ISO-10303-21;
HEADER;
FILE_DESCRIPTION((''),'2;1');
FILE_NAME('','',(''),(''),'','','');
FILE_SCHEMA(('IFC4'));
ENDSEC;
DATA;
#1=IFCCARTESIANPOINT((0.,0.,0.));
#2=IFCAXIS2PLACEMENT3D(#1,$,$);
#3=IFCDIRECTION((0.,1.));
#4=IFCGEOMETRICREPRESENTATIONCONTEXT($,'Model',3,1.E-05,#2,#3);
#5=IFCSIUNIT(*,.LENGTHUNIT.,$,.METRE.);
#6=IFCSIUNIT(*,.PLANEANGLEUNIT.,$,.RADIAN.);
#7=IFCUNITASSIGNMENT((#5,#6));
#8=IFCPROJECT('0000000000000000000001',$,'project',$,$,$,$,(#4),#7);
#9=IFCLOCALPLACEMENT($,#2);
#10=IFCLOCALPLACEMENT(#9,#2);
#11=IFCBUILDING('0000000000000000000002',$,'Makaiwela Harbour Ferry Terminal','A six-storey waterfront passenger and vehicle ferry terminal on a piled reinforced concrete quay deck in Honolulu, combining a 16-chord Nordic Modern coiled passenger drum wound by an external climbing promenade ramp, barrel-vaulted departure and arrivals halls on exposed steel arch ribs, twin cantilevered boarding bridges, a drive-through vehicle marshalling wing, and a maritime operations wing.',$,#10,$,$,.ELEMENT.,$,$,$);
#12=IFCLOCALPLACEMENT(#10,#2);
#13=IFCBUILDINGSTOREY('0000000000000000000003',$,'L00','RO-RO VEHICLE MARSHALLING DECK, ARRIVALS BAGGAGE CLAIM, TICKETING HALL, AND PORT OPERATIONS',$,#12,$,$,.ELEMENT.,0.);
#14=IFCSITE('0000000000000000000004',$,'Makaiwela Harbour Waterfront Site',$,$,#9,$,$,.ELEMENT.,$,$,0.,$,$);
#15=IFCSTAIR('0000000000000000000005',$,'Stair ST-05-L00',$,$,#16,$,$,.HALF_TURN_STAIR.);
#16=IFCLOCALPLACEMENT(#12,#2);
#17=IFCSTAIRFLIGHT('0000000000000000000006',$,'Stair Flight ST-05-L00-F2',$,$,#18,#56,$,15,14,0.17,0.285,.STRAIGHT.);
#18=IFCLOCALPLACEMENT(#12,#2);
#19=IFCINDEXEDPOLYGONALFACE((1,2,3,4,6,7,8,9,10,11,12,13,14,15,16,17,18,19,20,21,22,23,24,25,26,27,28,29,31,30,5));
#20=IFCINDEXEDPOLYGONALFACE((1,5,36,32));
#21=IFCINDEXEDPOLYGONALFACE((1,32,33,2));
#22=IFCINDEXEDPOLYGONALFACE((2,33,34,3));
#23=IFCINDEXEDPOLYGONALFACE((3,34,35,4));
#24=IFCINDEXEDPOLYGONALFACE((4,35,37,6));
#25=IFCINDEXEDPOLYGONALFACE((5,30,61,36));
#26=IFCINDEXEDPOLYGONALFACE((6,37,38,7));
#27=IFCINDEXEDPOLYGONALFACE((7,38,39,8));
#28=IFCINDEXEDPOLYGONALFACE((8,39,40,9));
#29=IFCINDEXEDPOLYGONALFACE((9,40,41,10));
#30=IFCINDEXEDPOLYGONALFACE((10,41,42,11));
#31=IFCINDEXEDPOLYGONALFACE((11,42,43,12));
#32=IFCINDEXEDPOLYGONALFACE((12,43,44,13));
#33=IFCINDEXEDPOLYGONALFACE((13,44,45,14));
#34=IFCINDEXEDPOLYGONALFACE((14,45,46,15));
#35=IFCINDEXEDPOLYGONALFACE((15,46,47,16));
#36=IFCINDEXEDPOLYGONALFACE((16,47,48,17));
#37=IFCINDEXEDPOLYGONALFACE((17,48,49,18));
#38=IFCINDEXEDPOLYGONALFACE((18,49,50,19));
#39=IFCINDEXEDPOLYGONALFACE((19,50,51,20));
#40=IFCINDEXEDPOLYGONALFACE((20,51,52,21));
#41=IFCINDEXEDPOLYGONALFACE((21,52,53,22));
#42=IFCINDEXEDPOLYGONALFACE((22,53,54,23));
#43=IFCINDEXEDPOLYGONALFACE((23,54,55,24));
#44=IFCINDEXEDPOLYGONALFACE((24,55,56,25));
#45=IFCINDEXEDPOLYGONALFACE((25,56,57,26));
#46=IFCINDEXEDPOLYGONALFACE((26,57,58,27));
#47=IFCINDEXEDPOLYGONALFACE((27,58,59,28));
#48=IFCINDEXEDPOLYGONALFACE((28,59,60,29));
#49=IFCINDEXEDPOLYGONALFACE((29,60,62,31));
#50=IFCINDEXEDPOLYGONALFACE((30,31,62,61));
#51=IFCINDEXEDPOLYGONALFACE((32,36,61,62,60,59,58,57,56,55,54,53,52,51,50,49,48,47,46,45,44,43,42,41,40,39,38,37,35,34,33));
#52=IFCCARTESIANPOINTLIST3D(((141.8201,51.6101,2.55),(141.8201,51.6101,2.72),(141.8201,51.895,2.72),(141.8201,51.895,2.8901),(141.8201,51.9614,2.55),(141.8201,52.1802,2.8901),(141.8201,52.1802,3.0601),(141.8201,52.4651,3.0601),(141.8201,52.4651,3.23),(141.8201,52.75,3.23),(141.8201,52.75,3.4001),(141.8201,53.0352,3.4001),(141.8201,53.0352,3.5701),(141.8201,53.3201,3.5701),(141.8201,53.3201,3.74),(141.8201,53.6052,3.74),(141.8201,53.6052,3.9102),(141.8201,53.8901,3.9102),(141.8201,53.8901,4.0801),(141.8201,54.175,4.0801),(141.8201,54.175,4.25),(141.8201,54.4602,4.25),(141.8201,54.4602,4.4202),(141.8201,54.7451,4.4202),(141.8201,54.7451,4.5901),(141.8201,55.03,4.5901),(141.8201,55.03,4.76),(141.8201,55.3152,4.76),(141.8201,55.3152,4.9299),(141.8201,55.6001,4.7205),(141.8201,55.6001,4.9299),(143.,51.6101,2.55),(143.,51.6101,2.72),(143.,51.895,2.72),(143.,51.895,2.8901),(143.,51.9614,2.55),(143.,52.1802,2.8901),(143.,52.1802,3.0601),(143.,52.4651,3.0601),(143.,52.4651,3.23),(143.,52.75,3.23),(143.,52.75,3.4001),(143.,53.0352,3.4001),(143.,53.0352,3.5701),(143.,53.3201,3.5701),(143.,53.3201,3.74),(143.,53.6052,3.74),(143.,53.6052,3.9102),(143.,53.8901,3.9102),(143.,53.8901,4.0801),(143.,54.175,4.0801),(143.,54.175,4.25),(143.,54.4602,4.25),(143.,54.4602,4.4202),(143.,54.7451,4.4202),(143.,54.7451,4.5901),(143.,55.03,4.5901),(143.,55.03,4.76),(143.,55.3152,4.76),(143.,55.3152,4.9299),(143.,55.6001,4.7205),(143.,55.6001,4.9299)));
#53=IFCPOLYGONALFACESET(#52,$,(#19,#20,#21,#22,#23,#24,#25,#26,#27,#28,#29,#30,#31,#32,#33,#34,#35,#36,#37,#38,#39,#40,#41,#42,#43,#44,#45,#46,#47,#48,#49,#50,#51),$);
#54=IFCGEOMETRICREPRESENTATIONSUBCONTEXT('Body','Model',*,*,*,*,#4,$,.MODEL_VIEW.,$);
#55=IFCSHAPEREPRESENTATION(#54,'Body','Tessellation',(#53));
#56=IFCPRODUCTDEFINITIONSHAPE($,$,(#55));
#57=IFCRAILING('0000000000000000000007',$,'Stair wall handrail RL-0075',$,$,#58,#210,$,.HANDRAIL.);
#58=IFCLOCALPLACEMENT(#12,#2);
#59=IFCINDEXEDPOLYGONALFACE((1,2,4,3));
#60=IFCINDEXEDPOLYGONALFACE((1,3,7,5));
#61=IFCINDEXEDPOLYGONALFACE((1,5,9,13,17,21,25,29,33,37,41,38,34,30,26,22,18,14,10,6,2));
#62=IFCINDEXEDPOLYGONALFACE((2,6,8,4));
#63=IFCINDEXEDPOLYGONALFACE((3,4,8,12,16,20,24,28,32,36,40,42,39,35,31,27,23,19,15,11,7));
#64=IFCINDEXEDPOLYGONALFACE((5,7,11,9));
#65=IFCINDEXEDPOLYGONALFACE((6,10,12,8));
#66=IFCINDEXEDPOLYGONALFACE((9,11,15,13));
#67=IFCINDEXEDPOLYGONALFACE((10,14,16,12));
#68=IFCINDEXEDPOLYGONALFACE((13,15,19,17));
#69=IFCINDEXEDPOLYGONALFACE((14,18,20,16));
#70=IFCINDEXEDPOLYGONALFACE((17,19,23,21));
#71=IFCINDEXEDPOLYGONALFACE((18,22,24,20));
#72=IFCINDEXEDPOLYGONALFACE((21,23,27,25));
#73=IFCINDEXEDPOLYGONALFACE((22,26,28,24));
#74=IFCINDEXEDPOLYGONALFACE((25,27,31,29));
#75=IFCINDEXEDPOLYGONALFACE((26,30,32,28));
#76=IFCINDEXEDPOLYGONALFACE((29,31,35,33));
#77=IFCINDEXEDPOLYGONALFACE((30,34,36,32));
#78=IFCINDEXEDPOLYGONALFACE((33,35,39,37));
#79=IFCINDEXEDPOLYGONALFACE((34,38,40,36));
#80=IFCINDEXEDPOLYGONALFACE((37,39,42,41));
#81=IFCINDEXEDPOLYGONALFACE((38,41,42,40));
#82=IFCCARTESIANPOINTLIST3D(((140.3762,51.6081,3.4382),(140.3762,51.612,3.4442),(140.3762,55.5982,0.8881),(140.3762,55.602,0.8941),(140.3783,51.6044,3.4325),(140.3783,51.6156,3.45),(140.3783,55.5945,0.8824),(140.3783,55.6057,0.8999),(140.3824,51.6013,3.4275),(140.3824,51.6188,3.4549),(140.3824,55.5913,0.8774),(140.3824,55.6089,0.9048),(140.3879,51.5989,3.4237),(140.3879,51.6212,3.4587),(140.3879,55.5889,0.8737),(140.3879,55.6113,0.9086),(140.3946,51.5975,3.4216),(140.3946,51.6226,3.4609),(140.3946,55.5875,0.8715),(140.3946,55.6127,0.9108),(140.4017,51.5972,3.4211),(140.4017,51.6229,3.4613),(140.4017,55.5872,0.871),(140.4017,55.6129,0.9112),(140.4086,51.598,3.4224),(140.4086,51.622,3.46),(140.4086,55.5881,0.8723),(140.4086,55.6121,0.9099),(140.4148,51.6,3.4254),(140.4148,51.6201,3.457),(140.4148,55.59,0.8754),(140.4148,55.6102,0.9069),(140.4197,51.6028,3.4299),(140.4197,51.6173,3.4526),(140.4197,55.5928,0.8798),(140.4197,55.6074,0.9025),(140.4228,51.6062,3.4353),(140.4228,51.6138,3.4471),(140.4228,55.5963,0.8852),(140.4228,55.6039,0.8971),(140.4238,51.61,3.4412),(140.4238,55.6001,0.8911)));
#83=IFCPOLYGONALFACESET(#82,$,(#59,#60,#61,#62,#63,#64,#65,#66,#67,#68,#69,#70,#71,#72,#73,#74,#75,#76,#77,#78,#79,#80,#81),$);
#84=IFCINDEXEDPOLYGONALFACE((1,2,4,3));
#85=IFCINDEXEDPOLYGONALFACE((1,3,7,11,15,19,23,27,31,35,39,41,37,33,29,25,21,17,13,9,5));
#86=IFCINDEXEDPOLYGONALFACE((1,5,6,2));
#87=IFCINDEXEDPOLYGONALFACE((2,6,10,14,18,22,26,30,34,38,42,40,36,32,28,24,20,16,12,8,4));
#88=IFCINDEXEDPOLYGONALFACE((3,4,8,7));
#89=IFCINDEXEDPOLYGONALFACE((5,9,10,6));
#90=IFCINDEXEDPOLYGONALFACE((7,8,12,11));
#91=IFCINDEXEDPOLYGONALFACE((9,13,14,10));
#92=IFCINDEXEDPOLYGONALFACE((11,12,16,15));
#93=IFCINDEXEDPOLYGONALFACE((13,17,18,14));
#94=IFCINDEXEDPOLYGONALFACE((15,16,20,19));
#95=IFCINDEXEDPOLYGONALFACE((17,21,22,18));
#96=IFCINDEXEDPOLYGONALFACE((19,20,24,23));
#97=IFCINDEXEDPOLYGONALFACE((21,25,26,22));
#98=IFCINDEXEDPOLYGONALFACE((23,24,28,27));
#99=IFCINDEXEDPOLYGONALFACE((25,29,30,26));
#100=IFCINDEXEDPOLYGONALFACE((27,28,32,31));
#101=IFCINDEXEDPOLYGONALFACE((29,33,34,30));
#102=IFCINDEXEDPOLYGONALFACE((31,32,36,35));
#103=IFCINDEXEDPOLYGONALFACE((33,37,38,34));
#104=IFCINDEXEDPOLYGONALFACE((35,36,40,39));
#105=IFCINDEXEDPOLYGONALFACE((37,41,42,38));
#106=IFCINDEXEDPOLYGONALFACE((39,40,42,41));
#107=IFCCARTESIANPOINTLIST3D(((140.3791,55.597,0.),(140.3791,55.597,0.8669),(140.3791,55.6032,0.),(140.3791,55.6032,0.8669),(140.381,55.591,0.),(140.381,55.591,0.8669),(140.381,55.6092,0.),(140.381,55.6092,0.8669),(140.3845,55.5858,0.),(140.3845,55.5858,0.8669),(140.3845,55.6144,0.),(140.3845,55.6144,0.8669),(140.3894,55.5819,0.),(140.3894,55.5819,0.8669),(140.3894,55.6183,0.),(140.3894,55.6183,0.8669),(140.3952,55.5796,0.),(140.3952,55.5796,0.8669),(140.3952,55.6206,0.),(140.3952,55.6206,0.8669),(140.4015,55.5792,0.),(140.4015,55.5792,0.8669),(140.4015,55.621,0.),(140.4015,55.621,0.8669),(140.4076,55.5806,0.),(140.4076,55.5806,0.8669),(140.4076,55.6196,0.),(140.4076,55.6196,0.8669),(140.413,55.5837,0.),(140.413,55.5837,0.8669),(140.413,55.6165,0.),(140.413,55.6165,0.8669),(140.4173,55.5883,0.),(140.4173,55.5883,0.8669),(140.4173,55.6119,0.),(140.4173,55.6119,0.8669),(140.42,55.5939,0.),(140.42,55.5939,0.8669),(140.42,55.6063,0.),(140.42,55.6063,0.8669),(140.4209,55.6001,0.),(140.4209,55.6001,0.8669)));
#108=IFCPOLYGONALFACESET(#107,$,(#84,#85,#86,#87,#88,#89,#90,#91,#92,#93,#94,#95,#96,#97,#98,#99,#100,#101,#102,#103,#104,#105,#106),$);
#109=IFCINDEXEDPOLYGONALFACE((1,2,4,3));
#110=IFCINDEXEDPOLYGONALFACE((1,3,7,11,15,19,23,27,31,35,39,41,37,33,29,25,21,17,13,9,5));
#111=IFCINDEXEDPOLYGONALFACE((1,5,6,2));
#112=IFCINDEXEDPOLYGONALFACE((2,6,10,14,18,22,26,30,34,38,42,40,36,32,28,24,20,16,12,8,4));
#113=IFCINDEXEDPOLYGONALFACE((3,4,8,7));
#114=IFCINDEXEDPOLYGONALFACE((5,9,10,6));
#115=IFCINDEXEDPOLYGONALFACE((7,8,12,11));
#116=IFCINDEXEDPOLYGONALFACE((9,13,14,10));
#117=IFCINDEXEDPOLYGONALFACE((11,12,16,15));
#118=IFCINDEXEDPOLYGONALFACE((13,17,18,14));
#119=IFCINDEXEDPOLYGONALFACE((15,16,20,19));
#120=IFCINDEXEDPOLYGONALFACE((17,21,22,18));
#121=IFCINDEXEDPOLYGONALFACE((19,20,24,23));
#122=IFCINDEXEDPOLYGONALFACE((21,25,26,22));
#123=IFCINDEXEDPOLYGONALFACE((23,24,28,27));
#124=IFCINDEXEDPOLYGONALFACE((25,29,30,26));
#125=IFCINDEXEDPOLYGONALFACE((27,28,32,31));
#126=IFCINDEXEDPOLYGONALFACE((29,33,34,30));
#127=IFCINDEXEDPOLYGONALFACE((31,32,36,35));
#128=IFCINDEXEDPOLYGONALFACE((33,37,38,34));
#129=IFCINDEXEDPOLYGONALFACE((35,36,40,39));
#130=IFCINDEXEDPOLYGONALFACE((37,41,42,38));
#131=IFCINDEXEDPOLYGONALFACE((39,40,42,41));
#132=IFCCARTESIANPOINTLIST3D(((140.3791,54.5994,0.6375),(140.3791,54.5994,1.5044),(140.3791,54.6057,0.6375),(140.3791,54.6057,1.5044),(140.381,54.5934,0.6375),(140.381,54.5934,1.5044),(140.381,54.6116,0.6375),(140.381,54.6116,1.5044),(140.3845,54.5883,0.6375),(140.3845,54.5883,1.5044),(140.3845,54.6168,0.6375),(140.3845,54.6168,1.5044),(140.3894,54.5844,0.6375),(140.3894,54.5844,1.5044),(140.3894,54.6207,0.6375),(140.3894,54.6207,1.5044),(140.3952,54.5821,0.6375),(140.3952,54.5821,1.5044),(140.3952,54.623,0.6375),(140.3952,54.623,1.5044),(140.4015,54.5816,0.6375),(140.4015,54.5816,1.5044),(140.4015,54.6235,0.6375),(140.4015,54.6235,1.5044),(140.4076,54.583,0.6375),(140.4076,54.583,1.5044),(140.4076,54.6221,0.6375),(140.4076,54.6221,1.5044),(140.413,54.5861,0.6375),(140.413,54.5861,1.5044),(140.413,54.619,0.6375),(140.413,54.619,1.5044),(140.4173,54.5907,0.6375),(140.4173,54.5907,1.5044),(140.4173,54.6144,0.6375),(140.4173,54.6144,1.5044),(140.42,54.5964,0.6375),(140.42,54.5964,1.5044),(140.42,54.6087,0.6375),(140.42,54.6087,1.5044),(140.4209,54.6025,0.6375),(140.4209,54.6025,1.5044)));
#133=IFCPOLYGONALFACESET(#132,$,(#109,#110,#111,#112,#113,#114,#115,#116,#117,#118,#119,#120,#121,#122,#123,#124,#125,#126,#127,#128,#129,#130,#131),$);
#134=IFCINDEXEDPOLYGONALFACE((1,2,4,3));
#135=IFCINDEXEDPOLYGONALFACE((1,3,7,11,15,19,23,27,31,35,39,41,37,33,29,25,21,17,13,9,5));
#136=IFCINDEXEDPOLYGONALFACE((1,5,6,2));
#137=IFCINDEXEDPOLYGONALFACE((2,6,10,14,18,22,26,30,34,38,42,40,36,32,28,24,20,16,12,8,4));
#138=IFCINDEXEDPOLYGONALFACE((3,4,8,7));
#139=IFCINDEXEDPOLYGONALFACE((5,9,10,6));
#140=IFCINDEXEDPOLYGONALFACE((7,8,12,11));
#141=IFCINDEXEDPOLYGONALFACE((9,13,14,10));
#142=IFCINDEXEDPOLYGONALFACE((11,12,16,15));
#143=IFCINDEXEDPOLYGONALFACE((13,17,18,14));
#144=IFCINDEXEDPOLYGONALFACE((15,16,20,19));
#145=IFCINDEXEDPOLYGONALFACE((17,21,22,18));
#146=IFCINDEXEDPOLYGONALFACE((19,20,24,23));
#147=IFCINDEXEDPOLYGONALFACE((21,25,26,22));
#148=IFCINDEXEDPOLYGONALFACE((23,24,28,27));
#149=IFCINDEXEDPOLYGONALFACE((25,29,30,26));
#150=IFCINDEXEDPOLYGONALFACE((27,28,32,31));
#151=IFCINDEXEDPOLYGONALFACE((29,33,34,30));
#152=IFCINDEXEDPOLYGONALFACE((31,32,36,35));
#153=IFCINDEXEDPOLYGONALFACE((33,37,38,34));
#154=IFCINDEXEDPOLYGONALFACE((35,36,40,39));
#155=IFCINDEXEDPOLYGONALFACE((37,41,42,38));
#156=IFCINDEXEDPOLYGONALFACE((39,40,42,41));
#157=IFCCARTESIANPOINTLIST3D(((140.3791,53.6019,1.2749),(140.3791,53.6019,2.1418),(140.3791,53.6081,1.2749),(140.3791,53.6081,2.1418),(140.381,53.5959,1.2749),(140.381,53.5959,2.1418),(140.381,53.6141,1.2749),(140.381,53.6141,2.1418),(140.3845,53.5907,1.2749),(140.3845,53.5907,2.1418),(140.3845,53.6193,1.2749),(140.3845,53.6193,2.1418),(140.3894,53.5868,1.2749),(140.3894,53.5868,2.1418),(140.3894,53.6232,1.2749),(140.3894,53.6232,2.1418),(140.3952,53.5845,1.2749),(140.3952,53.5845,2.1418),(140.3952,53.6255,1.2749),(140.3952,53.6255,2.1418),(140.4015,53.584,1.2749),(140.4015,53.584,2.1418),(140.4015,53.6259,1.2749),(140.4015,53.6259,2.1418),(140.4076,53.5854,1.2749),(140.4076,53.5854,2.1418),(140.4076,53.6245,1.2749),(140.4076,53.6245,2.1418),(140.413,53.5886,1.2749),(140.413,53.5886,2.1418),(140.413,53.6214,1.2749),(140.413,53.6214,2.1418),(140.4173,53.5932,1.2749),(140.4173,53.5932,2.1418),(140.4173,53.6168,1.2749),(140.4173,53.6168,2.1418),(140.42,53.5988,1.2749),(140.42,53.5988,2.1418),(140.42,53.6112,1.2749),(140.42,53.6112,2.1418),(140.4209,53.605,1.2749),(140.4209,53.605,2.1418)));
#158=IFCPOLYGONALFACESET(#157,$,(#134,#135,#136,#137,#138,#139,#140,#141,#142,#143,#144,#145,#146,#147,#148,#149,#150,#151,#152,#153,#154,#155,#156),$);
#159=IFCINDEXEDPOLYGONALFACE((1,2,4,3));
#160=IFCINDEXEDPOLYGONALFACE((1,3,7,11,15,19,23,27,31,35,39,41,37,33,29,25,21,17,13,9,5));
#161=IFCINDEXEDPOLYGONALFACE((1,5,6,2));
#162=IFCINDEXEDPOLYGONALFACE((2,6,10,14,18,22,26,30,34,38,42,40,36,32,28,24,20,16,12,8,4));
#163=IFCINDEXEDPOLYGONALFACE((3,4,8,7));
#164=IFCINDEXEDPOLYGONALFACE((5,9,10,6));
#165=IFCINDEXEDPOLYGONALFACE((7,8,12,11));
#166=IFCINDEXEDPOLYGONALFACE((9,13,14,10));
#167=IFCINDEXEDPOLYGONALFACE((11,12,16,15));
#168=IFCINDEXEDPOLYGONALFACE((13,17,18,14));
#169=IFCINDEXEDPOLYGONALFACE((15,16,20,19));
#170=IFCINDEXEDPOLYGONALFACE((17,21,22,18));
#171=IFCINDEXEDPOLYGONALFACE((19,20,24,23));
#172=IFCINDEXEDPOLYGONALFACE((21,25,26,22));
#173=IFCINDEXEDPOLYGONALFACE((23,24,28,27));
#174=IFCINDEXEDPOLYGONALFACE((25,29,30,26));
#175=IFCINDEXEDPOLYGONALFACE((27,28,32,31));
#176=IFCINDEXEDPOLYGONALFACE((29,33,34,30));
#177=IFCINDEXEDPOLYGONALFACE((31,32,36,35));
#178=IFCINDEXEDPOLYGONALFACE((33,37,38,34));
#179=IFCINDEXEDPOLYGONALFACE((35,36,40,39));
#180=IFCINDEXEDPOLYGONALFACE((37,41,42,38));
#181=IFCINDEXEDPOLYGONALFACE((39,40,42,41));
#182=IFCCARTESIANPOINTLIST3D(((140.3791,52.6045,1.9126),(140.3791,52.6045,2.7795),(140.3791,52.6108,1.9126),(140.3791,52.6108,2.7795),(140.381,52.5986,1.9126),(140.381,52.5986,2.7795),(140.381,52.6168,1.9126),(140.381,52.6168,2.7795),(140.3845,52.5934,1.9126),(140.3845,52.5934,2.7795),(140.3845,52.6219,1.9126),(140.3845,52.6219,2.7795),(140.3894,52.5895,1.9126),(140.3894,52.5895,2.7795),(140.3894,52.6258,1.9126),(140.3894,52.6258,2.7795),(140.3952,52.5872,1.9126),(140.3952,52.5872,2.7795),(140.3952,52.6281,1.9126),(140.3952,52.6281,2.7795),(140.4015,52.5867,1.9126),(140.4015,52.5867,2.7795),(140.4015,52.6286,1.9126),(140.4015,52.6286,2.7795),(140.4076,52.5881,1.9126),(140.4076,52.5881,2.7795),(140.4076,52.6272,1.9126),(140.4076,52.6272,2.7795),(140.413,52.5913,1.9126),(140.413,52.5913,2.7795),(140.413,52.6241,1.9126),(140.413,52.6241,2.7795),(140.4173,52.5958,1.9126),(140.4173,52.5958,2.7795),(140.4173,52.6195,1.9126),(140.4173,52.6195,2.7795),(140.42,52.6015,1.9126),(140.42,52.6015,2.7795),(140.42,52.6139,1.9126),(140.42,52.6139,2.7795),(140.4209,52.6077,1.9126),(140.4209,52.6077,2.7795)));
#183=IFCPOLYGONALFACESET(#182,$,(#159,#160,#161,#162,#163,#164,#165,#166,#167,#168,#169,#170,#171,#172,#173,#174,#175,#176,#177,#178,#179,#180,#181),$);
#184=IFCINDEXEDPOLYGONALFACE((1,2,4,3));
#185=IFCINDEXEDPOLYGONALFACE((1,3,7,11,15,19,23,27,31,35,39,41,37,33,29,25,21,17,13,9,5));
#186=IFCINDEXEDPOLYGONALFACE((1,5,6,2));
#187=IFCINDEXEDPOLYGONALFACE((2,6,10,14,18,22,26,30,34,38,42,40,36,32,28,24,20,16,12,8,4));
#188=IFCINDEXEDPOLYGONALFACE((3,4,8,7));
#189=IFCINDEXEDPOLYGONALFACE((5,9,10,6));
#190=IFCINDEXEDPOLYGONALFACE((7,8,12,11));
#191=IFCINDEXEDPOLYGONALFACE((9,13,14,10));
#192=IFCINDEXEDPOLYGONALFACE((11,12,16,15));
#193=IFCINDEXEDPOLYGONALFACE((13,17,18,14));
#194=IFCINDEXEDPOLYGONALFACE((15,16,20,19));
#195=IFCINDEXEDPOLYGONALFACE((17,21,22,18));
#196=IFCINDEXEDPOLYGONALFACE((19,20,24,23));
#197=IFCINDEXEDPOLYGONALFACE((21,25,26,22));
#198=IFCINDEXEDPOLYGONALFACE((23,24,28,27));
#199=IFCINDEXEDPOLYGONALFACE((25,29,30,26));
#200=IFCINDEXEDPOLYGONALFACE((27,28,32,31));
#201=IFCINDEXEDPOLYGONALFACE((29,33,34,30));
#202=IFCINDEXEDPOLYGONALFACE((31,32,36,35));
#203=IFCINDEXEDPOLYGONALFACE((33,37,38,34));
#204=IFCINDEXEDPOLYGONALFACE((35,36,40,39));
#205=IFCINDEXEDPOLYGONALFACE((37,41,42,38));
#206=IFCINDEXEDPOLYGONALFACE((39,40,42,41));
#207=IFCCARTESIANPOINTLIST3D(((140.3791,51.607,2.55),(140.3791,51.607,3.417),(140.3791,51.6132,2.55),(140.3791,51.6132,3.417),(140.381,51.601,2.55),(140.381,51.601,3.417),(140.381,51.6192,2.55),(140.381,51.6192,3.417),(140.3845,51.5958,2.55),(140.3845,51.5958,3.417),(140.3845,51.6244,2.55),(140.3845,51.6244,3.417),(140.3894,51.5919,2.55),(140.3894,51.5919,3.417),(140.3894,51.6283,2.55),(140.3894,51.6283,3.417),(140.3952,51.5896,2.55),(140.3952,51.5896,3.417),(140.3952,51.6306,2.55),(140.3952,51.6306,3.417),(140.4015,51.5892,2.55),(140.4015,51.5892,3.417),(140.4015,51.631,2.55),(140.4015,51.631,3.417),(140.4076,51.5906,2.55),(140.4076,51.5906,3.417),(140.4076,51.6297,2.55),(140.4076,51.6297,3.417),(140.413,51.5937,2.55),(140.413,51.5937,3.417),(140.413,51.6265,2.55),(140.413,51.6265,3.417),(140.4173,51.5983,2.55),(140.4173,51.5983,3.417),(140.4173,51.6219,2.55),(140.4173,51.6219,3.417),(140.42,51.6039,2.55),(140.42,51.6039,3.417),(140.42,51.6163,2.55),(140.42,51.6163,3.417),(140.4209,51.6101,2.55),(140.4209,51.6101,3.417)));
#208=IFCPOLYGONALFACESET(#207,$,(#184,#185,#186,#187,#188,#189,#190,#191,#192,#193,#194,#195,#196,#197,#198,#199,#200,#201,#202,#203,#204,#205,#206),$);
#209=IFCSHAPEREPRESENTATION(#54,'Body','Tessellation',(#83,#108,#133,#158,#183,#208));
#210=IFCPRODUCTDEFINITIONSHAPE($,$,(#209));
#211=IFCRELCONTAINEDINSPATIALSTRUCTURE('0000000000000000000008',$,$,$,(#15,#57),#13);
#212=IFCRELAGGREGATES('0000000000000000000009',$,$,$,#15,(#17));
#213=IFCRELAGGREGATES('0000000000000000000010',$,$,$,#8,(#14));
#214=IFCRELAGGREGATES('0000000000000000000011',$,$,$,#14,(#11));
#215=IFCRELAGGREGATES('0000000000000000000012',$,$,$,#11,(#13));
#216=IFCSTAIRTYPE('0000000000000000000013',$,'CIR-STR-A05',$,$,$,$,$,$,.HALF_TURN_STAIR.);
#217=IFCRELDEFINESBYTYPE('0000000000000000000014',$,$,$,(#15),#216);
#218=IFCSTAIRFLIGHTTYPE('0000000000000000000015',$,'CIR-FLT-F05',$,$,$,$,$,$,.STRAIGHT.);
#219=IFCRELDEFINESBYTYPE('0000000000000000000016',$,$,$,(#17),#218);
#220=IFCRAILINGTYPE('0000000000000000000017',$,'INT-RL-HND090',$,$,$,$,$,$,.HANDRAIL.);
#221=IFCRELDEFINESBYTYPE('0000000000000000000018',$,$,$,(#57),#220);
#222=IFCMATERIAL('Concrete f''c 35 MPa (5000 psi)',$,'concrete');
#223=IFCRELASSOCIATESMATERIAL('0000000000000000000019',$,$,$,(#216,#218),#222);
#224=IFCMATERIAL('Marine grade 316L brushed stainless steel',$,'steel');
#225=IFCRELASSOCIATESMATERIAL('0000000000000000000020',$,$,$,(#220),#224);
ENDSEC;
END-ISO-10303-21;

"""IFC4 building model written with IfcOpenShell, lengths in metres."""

from ifc_helpers import new_model, si_unit, direction, frame, origin, origin_2d, place, context, subcontext, project, spatial, polyline, circle, outline, extrude, material, type_object, element, aggregate, save


model = new_model("IFC4")

# Units and contexts
model_context = context("Model", 3, precision=1e-05, world=origin(), true_north=direction((0.0, 1.0)))
body_context = subcontext(model_context, "Body", "Model", "MODEL_VIEW")
ifc_project = project(units=[si_unit("LENGTHUNIT", "METRE"), si_unit("PLANEANGLEUNIT", "RADIAN")], contexts=[model_context])

# Site, building, storey
site_placement = place(None, origin())
site = spatial("IfcSite", under=ifc_project, at=site_placement, Name="Makaiwela Harbour Waterfront Site", CompositionType="ELEMENT", RefElevation=0.0)
building_placement = place(site_placement, origin())
building = spatial("IfcBuilding", under=site, at=building_placement, Name="Makaiwela Harbour Ferry Terminal", Description="A six-storey waterfront passenger and vehicle ferry terminal on a piled reinforced concrete quay deck in Honolulu, combining a 16-chord Nordic Modern coiled passenger drum wound by an external climbing promenade ramp, barrel-vaulted departure and arrivals halls on exposed steel arch ribs, twin cantilevered boarding bridges, a drive-through vehicle marshalling wing, and a maritime operations wing.", CompositionType="ELEMENT")
storey_placement = place(building_placement, origin())
storey = spatial("IfcBuildingStorey", under=building, at=storey_placement, Name="L00", Description="RO-RO VEHICLE MARSHALLING DECK, ARRIVALS BAGGAGE CLAIM, TICKETING HALL, AND PORT OPERATIONS", CompositionType="ELEMENT", Elevation=0.0)

# Stair, stair flight
ifc_material_1 = material(Name="Concrete f'c 35 MPa (5000 psi)", Category="concrete")
stair_type = type_object("IfcStairType", Name="CIR-STR-A05", PredefinedType="HALF_TURN_STAIR", material=ifc_material_1)
stair_placement = place(storey_placement, origin())
stair = element("IfcStair", 1, at=stair_placement, inside=storey, type_object=stair_type, Name="Stair ST-05-L00", PredefinedType="HALF_TURN_STAIR")
stair_flight_type = type_object("IfcStairFlightType", Name="CIR-FLT-F05", PredefinedType="STRAIGHT", material=ifc_material_1)
stair_flight_1_placement = place(storey_placement, frame((142.4099, 51.6101, 2.55), z_axis=(0.0, 0.0, 1.0), x_axis=(0.0, 1.0, 0.0)))
stair_flight_1 = element("IfcStairFlight", 2, at=stair_flight_1_placement, type_object=stair_flight_type, Name="Stair Flight ST-05-L00-F2", NumberOfRisers=15, NumberOfTreads=14, PredefinedType="STRAIGHT", RiserHeight=0.17, TreadLength=0.285, context=body_context, shape_type="SweptSolid", body=[
    extrude(outline(polyline([(0.0, 0.0), (0.0, 0.1699), (0.2849, 0.1699), (0.2849, 0.3401), (0.5701, 0.3401), (0.5701, 0.51), (0.855, 0.51), (0.855, 0.6799), (1.1399, 0.6799), (1.1399, 0.8501), (1.425, 0.8501), (1.425, 1.02), (1.71, 1.02), (1.71, 1.1899), (1.9951, 1.1899), (1.9951, 1.3601), (2.28, 1.3601), (2.28, 1.53), (2.5649, 1.53), (2.5649, 1.7), (2.8501, 1.7), (2.8501, 1.8701), (3.135, 1.8701), (3.135, 2.04), (3.4199, 2.04), (3.4199, 2.21), (3.7051, 2.21), (3.7051, 2.3799), (3.99, 2.3799), (3.99, 2.55), (3.99, 2.1704), (0.3513, 0.0), (0.0, 0.0)])), frame((0.0, 0.5898, 0.0), z_axis=(0.0, -1.0, 0.0), x_axis=(1.0, 0.0, 0.0)), (0.0, 0.0, 1.0), 1.1799),
])
aggregate(stair, [stair_flight_1])

# Railing
ifc_material_2 = material(Name="Marine grade 316L brushed stainless steel", Category="steel")
railing_type_1 = type_object("IfcRailingType", Name="INT-RL-HND090", PredefinedType="HANDRAIL", material=ifc_material_2)
railing_1_placement = place(storey_placement, frame((140.3999, 55.6001, 0.0)))
element("IfcRailing", 3, at=railing_1_placement, inside=storey, type_object=railing_type_1, Name="Stair wall handrail RL-0075", PredefinedType="HANDRAIL", context=body_context, shape_type="SweptSolid", body=[
    extrude(circle(Radius=0.0239, at=origin_2d()), frame((0.0, 0.0, 0.8911), z_axis=(0.0, -0.842611, 0.538523), x_axis=(1.0, 0.0, 0.0)), (0.0, 0.0, 1.0), 4.7354),
    extrude(circle(Radius=0.021, at=origin_2d()), origin(), (0.0, 0.0, 1.0), 0.8669),
    extrude(circle(Radius=0.021, at=origin_2d()), frame((0.0, -0.9976, 0.6375)), (0.0, 0.0, 1.0), 0.8669),
    extrude(circle(Radius=0.021, at=origin_2d()), frame((0.0, -1.9951, 1.2749)), (0.0, 0.0, 1.0), 0.8669),
    extrude(circle(Radius=0.021, at=origin_2d()), frame((0.0, -2.9924, 1.9126)), (0.0, 0.0, 1.0), 0.8669),
    extrude(circle(Radius=0.021, at=origin_2d()), frame((0.0, -3.99, 2.55)), (0.0, 0.0, 1.0), 0.8669),
])

save(model, "model.ifc")
